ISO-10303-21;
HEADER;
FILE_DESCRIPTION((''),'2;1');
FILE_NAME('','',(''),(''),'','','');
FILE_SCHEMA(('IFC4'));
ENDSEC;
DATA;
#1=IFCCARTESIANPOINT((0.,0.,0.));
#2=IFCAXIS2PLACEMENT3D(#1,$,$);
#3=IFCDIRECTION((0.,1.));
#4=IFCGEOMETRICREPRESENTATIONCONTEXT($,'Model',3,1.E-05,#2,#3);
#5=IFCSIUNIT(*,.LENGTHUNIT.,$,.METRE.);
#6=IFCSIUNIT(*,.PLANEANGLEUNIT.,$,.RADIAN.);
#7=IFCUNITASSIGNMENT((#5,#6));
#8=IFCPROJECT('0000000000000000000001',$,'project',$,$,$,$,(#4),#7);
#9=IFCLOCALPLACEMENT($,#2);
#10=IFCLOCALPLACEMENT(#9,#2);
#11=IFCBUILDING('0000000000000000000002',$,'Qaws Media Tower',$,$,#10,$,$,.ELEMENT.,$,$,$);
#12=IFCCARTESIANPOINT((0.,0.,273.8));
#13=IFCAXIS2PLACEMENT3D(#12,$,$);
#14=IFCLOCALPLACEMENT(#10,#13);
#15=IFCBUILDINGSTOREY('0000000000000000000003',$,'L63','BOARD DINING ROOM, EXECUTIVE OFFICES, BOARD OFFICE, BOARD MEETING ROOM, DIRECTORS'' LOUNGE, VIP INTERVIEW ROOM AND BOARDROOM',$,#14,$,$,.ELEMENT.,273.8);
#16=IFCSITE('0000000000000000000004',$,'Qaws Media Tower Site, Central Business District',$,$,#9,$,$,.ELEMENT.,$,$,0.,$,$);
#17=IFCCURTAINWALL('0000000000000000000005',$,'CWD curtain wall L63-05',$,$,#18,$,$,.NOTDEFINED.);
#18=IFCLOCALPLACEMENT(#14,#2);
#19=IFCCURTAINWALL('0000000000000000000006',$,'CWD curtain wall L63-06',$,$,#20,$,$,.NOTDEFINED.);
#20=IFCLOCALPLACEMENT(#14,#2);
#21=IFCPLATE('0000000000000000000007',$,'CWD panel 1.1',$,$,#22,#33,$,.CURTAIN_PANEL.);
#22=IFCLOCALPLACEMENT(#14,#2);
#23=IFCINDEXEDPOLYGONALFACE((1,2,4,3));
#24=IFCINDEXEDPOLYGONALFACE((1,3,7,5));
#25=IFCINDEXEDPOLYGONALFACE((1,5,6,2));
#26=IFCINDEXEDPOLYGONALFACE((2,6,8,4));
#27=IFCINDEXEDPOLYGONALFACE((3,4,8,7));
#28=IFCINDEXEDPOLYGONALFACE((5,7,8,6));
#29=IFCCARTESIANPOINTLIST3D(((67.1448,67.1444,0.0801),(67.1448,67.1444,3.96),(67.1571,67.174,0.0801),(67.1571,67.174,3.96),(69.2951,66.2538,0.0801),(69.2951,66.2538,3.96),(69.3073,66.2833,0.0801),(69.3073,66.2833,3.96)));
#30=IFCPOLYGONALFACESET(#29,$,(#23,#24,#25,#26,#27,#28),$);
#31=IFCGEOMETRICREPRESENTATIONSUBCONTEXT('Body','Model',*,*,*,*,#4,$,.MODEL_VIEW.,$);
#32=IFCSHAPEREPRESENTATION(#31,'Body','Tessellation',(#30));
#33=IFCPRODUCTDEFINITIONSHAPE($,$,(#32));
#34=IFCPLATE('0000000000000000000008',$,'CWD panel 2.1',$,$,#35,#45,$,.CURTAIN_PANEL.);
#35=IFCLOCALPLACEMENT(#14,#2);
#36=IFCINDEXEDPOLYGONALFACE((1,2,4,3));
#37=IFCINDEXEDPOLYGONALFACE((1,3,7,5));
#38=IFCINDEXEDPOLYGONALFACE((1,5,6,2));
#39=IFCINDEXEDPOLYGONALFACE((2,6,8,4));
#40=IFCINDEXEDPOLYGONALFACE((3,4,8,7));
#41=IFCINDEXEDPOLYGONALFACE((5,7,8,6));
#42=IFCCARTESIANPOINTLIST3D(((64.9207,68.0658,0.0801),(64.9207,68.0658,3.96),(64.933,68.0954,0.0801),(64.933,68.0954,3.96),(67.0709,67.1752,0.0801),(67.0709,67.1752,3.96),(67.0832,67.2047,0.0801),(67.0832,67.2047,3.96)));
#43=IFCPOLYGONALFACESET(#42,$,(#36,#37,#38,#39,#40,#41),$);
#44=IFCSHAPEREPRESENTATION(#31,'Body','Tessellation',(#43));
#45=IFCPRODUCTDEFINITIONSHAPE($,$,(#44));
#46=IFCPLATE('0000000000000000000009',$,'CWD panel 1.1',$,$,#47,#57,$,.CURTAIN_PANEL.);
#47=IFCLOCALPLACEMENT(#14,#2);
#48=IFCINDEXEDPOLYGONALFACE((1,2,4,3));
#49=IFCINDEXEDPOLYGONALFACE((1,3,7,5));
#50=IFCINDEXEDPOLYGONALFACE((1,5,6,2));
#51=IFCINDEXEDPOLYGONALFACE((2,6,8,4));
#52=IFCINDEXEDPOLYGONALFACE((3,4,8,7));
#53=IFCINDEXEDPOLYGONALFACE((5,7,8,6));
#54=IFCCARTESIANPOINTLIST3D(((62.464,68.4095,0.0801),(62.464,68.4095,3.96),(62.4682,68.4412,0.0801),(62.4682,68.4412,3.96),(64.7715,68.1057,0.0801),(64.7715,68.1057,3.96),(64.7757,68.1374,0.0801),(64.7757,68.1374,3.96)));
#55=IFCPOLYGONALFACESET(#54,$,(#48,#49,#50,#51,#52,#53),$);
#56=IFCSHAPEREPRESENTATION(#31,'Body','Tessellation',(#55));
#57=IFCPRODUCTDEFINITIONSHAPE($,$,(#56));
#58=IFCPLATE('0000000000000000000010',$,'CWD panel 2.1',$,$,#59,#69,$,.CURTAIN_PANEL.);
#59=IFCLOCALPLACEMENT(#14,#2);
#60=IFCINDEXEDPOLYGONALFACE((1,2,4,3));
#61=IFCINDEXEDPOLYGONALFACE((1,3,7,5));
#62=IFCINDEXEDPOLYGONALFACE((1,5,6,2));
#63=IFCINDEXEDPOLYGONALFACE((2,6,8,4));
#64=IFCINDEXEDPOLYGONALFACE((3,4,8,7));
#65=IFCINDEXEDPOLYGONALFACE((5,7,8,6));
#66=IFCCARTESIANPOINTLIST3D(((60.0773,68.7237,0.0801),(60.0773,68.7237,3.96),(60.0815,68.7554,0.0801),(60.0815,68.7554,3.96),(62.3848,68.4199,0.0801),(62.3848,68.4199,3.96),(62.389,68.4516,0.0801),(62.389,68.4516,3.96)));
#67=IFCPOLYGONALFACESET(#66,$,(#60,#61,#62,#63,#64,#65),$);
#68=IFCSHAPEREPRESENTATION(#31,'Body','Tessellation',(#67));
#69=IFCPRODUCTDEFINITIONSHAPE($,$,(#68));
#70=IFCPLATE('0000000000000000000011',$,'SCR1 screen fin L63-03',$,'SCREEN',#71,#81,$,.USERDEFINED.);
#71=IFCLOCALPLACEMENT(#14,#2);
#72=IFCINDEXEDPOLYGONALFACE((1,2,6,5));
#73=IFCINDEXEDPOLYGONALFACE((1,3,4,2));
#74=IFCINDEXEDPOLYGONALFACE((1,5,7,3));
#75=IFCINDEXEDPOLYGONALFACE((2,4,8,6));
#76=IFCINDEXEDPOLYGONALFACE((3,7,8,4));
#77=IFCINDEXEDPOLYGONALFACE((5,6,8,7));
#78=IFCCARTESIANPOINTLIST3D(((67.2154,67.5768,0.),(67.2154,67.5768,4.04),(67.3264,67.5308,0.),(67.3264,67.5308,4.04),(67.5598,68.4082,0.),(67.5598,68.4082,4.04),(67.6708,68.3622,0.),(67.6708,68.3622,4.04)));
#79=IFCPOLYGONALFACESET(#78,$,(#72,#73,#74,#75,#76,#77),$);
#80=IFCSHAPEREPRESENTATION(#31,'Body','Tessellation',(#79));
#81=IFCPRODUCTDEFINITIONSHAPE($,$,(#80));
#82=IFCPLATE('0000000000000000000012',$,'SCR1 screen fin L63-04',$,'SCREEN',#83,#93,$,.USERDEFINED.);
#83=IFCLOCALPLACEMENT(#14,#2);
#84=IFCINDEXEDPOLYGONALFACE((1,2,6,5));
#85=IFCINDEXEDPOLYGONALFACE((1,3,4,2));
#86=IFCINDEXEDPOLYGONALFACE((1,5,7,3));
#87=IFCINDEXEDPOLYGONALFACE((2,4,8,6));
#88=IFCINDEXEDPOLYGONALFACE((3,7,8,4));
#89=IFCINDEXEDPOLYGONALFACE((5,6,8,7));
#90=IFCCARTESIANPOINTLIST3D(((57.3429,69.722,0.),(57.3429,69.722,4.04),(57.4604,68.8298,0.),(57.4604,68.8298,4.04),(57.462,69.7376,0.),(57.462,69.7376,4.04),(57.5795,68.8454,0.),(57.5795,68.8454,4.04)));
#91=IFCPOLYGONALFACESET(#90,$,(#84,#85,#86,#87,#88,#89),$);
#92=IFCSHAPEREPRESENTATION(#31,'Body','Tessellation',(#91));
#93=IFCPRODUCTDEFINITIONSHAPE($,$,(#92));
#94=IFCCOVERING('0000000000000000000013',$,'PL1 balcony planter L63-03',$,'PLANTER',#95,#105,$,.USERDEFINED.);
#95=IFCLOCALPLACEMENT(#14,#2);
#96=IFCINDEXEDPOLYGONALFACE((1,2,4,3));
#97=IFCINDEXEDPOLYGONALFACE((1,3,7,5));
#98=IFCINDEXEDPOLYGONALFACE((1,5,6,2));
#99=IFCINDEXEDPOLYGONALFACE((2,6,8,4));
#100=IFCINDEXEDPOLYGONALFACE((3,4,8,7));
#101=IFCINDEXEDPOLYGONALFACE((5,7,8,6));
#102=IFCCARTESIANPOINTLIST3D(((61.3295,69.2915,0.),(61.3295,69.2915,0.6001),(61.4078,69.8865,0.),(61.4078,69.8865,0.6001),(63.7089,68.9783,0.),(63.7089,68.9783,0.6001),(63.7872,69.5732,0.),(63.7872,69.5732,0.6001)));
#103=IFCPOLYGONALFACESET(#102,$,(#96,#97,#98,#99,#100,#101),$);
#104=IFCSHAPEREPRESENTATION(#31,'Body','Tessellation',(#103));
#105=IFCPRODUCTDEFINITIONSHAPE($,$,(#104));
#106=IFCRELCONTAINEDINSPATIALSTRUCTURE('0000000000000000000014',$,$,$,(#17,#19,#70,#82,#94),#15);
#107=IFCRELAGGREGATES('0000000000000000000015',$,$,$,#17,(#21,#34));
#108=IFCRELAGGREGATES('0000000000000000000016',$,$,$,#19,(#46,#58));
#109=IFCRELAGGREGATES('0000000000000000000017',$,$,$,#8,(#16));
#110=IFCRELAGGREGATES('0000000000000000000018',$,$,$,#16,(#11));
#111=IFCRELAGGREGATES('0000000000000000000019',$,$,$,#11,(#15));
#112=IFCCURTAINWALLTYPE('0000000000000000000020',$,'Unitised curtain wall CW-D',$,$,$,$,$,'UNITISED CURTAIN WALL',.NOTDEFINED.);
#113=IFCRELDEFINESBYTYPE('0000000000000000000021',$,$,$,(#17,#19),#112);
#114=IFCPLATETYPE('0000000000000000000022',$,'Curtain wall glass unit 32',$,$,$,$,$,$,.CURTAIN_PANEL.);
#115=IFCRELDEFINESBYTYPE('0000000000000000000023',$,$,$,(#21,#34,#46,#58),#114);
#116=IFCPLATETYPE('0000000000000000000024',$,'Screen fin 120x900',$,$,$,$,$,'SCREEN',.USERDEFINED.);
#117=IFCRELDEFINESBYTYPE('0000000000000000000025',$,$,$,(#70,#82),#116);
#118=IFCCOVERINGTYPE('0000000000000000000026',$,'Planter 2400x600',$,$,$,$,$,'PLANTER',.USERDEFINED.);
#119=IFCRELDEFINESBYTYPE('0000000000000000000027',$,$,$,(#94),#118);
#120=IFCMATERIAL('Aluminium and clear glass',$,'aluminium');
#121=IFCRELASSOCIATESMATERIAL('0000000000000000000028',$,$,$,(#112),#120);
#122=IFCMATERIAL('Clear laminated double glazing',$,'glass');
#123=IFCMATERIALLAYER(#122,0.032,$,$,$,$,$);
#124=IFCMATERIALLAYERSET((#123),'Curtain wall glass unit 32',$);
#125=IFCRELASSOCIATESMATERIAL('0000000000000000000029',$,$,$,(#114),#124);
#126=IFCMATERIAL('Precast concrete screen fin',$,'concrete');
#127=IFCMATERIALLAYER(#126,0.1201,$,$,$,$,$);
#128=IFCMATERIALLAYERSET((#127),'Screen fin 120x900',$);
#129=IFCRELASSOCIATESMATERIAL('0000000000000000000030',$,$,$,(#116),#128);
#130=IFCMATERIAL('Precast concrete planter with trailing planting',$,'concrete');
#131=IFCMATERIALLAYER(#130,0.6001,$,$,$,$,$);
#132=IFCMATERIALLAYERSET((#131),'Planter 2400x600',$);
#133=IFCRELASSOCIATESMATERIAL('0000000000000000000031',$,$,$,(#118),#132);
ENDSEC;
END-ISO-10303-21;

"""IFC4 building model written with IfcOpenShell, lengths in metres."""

from ifc_helpers import new_model, si_unit, direction, frame, origin, origin_2d, place, context, subcontext, project, spatial, rectangle, extrude, material, layer, layer_set, type_object, element, aggregate, save


model = new_model("IFC4")

# Units and contexts
model_context = context("Model", 3, precision=1e-05, world=origin(), true_north=direction((0.0, 1.0)))
body_context = subcontext(model_context, "Body", "Model", "MODEL_VIEW")
ifc_project = project(units=[si_unit("LENGTHUNIT", "METRE"), si_unit("PLANEANGLEUNIT", "RADIAN")], contexts=[model_context])

# Site, building, storey
site_placement = place(None, origin())
site = spatial("IfcSite", under=ifc_project, at=site_placement, Name="Qaws Media Tower Site, Central Business District", CompositionType="ELEMENT", RefElevation=0.0)
building_placement = place(site_placement, origin())
building = spatial("IfcBuilding", under=site, at=building_placement, Name="Qaws Media Tower", CompositionType="ELEMENT")
storey_placement = place(building_placement, frame((0.0, 0.0, 273.8)))
storey = spatial("IfcBuildingStorey", under=building, at=storey_placement, Name="L63", Description="BOARD DINING ROOM, EXECUTIVE OFFICES, BOARD OFFICE, BOARD MEETING ROOM, DIRECTORS' LOUNGE, VIP INTERVIEW ROOM AND BOARDROOM", CompositionType="ELEMENT", Elevation=273.8)

# Curtain walls
ifc_material_1 = material(Name="Aluminium and clear glass", Category="aluminium")
curtain_wall_type = type_object("IfcCurtainWallType", Name="Unitised curtain wall CW-D", ElementType="UNITISED CURTAIN WALL", PredefinedType="NOTDEFINED", material=ifc_material_1)
curtain_wall_1_placement = place(storey_placement, origin())
curtain_wall_1 = element("IfcCurtainWall", 1, at=curtain_wall_1_placement, inside=storey, type_object=curtain_wall_type, Name="CWD curtain wall L63-05", PredefinedType="NOTDEFINED")
curtain_wall_2_placement = place(storey_placement, origin())
curtain_wall_2 = element("IfcCurtainWall", 2, at=curtain_wall_2_placement, inside=storey, type_object=curtain_wall_type, Name="CWD curtain wall L63-06", PredefinedType="NOTDEFINED")

# Plates
ifc_material_2 = material(Name="Clear laminated double glazing", Category="glass")
ifc_layer_1 = layer(ifc_material_2, 0.032)
ifc_layer_set_1 = layer_set([ifc_layer_1], Name="Curtain wall glass unit 32")
plate_type_1 = type_object("IfcPlateType", Name="Curtain wall glass unit 32", PredefinedType="CURTAIN_PANEL", material=ifc_layer_set_1)
plate_1_placement = place(storey_placement, frame((68.2261, 66.7139, 0.0801), z_axis=(0.0, 0.0, 1.0), x_axis=(-0.92388, 0.382683, 0.0)))
plate_1 = element("IfcPlate", 3, at=plate_1_placement, type_object=plate_type_1, Name="CWD panel 1.1", PredefinedType="CURTAIN_PANEL", context=body_context, shape_type="SweptSolid", body=[
    extrude(rectangle(XDim=2.3274, YDim=0.032, at=origin_2d()), origin(), (0.0, 0.0, 1.0), 3.8799),
])
plate_2_placement = place(storey_placement, frame((66.002, 67.6353, 0.0801), z_axis=(0.0, 0.0, 1.0), x_axis=(-0.92388, 0.382683, 0.0)))
plate_2 = element("IfcPlate", 4, at=plate_2_placement, type_object=plate_type_1, Name="CWD panel 2.1", PredefinedType="CURTAIN_PANEL", context=body_context, shape_type="SweptSolid", body=[
    extrude(rectangle(XDim=2.3274, YDim=0.032, at=origin_2d()), origin(), (0.0, 0.0, 1.0), 3.8799),
])
aggregate(curtain_wall_1, [plate_1, plate_2])
plate_3_placement = place(storey_placement, frame((63.6199, 68.2734, 0.0801), z_axis=(0.0, 0.0, 1.0), x_axis=(-0.991445, 0.130526, 0.0)))
plate_3 = element("IfcPlate", 5, at=plate_3_placement, type_object=plate_type_1, Name="CWD panel 1.1", PredefinedType="CURTAIN_PANEL", context=body_context, shape_type="SweptSolid", body=[
    extrude(rectangle(XDim=2.3274, YDim=0.032, at=origin_2d()), origin(), (0.0, 0.0, 1.0), 3.8799),
])
plate_4_placement = place(storey_placement, frame((61.2332, 68.5876, 0.0801), z_axis=(0.0, 0.0, 1.0), x_axis=(-0.991445, 0.130526, 0.0)))
plate_4 = element("IfcPlate", 6, at=plate_4_placement, type_object=plate_type_1, Name="CWD panel 2.1", PredefinedType="CURTAIN_PANEL", context=body_context, shape_type="SweptSolid", body=[
    extrude(rectangle(XDim=2.3274, YDim=0.032, at=origin_2d()), origin(), (0.0, 0.0, 1.0), 3.8799),
])
aggregate(curtain_wall_2, [plate_3, plate_4])

# Plates
ifc_material_3 = material(Name="Precast concrete screen fin", Category="concrete")
ifc_layer_2 = layer(ifc_material_3, 0.1201)
ifc_layer_set_2 = layer_set([ifc_layer_2], Name="Screen fin 120x900")
plate_type_2 = type_object("IfcPlateType", Name="Screen fin 120x900", ElementType="SCREEN", PredefinedType="USERDEFINED", material=ifc_layer_set_2)
for number, where, z_axis, x_axis, name in (
    (7, (67.4431, 67.9695, 0.0), (0.0, 0.0, 1.0), (0.382683, 0.92388, 0.0), "SCR1 screen fin L63-03"),
    (8, (57.4612, 69.2837, 0.0), (0.0, 0.0, 1.0), (-0.130526, 0.991445, 0.0), "SCR1 screen fin L63-04"),
):
    element("IfcPlate", number, at=place(storey_placement, frame(where, z_axis=z_axis, x_axis=x_axis)), inside=storey, type_object=plate_type_2, Name=name, ObjectType="SCREEN", PredefinedType="USERDEFINED", context=body_context, shape_type="SweptSolid", body=[
        extrude(rectangle(XDim=0.8999, YDim=0.1201, at=origin_2d()), origin(), (0.0, 0.0, 1.0), 4.04),
    ])

# Covering
ifc_material_4 = material(Name="Precast concrete planter with trailing planting", Category="concrete")
ifc_layer_3 = layer(ifc_material_4, 0.6001)
ifc_layer_set_3 = layer_set([ifc_layer_3], Name="Planter 2400x600")
covering_type = type_object("IfcCoveringType", Name="Planter 2400x600", ElementType="PLANTER", PredefinedType="USERDEFINED", material=ifc_layer_set_3)
covering_placement = place(storey_placement, frame((62.5583, 69.4324, 0.0), z_axis=(0.0, 0.0, 1.0), x_axis=(-0.991445, 0.130526, 0.0)))
element("IfcCovering", 9, at=covering_placement, inside=storey, type_object=covering_type, Name="PL1 balcony planter L63-03", ObjectType="PLANTER", PredefinedType="USERDEFINED", context=body_context, shape_type="SweptSolid", body=[
    extrude(rectangle(XDim=2.3999, YDim=0.6001, at=origin_2d()), origin(), (0.0, 0.0, 1.0), 0.6001),
])

save(model, "model.ifc")
